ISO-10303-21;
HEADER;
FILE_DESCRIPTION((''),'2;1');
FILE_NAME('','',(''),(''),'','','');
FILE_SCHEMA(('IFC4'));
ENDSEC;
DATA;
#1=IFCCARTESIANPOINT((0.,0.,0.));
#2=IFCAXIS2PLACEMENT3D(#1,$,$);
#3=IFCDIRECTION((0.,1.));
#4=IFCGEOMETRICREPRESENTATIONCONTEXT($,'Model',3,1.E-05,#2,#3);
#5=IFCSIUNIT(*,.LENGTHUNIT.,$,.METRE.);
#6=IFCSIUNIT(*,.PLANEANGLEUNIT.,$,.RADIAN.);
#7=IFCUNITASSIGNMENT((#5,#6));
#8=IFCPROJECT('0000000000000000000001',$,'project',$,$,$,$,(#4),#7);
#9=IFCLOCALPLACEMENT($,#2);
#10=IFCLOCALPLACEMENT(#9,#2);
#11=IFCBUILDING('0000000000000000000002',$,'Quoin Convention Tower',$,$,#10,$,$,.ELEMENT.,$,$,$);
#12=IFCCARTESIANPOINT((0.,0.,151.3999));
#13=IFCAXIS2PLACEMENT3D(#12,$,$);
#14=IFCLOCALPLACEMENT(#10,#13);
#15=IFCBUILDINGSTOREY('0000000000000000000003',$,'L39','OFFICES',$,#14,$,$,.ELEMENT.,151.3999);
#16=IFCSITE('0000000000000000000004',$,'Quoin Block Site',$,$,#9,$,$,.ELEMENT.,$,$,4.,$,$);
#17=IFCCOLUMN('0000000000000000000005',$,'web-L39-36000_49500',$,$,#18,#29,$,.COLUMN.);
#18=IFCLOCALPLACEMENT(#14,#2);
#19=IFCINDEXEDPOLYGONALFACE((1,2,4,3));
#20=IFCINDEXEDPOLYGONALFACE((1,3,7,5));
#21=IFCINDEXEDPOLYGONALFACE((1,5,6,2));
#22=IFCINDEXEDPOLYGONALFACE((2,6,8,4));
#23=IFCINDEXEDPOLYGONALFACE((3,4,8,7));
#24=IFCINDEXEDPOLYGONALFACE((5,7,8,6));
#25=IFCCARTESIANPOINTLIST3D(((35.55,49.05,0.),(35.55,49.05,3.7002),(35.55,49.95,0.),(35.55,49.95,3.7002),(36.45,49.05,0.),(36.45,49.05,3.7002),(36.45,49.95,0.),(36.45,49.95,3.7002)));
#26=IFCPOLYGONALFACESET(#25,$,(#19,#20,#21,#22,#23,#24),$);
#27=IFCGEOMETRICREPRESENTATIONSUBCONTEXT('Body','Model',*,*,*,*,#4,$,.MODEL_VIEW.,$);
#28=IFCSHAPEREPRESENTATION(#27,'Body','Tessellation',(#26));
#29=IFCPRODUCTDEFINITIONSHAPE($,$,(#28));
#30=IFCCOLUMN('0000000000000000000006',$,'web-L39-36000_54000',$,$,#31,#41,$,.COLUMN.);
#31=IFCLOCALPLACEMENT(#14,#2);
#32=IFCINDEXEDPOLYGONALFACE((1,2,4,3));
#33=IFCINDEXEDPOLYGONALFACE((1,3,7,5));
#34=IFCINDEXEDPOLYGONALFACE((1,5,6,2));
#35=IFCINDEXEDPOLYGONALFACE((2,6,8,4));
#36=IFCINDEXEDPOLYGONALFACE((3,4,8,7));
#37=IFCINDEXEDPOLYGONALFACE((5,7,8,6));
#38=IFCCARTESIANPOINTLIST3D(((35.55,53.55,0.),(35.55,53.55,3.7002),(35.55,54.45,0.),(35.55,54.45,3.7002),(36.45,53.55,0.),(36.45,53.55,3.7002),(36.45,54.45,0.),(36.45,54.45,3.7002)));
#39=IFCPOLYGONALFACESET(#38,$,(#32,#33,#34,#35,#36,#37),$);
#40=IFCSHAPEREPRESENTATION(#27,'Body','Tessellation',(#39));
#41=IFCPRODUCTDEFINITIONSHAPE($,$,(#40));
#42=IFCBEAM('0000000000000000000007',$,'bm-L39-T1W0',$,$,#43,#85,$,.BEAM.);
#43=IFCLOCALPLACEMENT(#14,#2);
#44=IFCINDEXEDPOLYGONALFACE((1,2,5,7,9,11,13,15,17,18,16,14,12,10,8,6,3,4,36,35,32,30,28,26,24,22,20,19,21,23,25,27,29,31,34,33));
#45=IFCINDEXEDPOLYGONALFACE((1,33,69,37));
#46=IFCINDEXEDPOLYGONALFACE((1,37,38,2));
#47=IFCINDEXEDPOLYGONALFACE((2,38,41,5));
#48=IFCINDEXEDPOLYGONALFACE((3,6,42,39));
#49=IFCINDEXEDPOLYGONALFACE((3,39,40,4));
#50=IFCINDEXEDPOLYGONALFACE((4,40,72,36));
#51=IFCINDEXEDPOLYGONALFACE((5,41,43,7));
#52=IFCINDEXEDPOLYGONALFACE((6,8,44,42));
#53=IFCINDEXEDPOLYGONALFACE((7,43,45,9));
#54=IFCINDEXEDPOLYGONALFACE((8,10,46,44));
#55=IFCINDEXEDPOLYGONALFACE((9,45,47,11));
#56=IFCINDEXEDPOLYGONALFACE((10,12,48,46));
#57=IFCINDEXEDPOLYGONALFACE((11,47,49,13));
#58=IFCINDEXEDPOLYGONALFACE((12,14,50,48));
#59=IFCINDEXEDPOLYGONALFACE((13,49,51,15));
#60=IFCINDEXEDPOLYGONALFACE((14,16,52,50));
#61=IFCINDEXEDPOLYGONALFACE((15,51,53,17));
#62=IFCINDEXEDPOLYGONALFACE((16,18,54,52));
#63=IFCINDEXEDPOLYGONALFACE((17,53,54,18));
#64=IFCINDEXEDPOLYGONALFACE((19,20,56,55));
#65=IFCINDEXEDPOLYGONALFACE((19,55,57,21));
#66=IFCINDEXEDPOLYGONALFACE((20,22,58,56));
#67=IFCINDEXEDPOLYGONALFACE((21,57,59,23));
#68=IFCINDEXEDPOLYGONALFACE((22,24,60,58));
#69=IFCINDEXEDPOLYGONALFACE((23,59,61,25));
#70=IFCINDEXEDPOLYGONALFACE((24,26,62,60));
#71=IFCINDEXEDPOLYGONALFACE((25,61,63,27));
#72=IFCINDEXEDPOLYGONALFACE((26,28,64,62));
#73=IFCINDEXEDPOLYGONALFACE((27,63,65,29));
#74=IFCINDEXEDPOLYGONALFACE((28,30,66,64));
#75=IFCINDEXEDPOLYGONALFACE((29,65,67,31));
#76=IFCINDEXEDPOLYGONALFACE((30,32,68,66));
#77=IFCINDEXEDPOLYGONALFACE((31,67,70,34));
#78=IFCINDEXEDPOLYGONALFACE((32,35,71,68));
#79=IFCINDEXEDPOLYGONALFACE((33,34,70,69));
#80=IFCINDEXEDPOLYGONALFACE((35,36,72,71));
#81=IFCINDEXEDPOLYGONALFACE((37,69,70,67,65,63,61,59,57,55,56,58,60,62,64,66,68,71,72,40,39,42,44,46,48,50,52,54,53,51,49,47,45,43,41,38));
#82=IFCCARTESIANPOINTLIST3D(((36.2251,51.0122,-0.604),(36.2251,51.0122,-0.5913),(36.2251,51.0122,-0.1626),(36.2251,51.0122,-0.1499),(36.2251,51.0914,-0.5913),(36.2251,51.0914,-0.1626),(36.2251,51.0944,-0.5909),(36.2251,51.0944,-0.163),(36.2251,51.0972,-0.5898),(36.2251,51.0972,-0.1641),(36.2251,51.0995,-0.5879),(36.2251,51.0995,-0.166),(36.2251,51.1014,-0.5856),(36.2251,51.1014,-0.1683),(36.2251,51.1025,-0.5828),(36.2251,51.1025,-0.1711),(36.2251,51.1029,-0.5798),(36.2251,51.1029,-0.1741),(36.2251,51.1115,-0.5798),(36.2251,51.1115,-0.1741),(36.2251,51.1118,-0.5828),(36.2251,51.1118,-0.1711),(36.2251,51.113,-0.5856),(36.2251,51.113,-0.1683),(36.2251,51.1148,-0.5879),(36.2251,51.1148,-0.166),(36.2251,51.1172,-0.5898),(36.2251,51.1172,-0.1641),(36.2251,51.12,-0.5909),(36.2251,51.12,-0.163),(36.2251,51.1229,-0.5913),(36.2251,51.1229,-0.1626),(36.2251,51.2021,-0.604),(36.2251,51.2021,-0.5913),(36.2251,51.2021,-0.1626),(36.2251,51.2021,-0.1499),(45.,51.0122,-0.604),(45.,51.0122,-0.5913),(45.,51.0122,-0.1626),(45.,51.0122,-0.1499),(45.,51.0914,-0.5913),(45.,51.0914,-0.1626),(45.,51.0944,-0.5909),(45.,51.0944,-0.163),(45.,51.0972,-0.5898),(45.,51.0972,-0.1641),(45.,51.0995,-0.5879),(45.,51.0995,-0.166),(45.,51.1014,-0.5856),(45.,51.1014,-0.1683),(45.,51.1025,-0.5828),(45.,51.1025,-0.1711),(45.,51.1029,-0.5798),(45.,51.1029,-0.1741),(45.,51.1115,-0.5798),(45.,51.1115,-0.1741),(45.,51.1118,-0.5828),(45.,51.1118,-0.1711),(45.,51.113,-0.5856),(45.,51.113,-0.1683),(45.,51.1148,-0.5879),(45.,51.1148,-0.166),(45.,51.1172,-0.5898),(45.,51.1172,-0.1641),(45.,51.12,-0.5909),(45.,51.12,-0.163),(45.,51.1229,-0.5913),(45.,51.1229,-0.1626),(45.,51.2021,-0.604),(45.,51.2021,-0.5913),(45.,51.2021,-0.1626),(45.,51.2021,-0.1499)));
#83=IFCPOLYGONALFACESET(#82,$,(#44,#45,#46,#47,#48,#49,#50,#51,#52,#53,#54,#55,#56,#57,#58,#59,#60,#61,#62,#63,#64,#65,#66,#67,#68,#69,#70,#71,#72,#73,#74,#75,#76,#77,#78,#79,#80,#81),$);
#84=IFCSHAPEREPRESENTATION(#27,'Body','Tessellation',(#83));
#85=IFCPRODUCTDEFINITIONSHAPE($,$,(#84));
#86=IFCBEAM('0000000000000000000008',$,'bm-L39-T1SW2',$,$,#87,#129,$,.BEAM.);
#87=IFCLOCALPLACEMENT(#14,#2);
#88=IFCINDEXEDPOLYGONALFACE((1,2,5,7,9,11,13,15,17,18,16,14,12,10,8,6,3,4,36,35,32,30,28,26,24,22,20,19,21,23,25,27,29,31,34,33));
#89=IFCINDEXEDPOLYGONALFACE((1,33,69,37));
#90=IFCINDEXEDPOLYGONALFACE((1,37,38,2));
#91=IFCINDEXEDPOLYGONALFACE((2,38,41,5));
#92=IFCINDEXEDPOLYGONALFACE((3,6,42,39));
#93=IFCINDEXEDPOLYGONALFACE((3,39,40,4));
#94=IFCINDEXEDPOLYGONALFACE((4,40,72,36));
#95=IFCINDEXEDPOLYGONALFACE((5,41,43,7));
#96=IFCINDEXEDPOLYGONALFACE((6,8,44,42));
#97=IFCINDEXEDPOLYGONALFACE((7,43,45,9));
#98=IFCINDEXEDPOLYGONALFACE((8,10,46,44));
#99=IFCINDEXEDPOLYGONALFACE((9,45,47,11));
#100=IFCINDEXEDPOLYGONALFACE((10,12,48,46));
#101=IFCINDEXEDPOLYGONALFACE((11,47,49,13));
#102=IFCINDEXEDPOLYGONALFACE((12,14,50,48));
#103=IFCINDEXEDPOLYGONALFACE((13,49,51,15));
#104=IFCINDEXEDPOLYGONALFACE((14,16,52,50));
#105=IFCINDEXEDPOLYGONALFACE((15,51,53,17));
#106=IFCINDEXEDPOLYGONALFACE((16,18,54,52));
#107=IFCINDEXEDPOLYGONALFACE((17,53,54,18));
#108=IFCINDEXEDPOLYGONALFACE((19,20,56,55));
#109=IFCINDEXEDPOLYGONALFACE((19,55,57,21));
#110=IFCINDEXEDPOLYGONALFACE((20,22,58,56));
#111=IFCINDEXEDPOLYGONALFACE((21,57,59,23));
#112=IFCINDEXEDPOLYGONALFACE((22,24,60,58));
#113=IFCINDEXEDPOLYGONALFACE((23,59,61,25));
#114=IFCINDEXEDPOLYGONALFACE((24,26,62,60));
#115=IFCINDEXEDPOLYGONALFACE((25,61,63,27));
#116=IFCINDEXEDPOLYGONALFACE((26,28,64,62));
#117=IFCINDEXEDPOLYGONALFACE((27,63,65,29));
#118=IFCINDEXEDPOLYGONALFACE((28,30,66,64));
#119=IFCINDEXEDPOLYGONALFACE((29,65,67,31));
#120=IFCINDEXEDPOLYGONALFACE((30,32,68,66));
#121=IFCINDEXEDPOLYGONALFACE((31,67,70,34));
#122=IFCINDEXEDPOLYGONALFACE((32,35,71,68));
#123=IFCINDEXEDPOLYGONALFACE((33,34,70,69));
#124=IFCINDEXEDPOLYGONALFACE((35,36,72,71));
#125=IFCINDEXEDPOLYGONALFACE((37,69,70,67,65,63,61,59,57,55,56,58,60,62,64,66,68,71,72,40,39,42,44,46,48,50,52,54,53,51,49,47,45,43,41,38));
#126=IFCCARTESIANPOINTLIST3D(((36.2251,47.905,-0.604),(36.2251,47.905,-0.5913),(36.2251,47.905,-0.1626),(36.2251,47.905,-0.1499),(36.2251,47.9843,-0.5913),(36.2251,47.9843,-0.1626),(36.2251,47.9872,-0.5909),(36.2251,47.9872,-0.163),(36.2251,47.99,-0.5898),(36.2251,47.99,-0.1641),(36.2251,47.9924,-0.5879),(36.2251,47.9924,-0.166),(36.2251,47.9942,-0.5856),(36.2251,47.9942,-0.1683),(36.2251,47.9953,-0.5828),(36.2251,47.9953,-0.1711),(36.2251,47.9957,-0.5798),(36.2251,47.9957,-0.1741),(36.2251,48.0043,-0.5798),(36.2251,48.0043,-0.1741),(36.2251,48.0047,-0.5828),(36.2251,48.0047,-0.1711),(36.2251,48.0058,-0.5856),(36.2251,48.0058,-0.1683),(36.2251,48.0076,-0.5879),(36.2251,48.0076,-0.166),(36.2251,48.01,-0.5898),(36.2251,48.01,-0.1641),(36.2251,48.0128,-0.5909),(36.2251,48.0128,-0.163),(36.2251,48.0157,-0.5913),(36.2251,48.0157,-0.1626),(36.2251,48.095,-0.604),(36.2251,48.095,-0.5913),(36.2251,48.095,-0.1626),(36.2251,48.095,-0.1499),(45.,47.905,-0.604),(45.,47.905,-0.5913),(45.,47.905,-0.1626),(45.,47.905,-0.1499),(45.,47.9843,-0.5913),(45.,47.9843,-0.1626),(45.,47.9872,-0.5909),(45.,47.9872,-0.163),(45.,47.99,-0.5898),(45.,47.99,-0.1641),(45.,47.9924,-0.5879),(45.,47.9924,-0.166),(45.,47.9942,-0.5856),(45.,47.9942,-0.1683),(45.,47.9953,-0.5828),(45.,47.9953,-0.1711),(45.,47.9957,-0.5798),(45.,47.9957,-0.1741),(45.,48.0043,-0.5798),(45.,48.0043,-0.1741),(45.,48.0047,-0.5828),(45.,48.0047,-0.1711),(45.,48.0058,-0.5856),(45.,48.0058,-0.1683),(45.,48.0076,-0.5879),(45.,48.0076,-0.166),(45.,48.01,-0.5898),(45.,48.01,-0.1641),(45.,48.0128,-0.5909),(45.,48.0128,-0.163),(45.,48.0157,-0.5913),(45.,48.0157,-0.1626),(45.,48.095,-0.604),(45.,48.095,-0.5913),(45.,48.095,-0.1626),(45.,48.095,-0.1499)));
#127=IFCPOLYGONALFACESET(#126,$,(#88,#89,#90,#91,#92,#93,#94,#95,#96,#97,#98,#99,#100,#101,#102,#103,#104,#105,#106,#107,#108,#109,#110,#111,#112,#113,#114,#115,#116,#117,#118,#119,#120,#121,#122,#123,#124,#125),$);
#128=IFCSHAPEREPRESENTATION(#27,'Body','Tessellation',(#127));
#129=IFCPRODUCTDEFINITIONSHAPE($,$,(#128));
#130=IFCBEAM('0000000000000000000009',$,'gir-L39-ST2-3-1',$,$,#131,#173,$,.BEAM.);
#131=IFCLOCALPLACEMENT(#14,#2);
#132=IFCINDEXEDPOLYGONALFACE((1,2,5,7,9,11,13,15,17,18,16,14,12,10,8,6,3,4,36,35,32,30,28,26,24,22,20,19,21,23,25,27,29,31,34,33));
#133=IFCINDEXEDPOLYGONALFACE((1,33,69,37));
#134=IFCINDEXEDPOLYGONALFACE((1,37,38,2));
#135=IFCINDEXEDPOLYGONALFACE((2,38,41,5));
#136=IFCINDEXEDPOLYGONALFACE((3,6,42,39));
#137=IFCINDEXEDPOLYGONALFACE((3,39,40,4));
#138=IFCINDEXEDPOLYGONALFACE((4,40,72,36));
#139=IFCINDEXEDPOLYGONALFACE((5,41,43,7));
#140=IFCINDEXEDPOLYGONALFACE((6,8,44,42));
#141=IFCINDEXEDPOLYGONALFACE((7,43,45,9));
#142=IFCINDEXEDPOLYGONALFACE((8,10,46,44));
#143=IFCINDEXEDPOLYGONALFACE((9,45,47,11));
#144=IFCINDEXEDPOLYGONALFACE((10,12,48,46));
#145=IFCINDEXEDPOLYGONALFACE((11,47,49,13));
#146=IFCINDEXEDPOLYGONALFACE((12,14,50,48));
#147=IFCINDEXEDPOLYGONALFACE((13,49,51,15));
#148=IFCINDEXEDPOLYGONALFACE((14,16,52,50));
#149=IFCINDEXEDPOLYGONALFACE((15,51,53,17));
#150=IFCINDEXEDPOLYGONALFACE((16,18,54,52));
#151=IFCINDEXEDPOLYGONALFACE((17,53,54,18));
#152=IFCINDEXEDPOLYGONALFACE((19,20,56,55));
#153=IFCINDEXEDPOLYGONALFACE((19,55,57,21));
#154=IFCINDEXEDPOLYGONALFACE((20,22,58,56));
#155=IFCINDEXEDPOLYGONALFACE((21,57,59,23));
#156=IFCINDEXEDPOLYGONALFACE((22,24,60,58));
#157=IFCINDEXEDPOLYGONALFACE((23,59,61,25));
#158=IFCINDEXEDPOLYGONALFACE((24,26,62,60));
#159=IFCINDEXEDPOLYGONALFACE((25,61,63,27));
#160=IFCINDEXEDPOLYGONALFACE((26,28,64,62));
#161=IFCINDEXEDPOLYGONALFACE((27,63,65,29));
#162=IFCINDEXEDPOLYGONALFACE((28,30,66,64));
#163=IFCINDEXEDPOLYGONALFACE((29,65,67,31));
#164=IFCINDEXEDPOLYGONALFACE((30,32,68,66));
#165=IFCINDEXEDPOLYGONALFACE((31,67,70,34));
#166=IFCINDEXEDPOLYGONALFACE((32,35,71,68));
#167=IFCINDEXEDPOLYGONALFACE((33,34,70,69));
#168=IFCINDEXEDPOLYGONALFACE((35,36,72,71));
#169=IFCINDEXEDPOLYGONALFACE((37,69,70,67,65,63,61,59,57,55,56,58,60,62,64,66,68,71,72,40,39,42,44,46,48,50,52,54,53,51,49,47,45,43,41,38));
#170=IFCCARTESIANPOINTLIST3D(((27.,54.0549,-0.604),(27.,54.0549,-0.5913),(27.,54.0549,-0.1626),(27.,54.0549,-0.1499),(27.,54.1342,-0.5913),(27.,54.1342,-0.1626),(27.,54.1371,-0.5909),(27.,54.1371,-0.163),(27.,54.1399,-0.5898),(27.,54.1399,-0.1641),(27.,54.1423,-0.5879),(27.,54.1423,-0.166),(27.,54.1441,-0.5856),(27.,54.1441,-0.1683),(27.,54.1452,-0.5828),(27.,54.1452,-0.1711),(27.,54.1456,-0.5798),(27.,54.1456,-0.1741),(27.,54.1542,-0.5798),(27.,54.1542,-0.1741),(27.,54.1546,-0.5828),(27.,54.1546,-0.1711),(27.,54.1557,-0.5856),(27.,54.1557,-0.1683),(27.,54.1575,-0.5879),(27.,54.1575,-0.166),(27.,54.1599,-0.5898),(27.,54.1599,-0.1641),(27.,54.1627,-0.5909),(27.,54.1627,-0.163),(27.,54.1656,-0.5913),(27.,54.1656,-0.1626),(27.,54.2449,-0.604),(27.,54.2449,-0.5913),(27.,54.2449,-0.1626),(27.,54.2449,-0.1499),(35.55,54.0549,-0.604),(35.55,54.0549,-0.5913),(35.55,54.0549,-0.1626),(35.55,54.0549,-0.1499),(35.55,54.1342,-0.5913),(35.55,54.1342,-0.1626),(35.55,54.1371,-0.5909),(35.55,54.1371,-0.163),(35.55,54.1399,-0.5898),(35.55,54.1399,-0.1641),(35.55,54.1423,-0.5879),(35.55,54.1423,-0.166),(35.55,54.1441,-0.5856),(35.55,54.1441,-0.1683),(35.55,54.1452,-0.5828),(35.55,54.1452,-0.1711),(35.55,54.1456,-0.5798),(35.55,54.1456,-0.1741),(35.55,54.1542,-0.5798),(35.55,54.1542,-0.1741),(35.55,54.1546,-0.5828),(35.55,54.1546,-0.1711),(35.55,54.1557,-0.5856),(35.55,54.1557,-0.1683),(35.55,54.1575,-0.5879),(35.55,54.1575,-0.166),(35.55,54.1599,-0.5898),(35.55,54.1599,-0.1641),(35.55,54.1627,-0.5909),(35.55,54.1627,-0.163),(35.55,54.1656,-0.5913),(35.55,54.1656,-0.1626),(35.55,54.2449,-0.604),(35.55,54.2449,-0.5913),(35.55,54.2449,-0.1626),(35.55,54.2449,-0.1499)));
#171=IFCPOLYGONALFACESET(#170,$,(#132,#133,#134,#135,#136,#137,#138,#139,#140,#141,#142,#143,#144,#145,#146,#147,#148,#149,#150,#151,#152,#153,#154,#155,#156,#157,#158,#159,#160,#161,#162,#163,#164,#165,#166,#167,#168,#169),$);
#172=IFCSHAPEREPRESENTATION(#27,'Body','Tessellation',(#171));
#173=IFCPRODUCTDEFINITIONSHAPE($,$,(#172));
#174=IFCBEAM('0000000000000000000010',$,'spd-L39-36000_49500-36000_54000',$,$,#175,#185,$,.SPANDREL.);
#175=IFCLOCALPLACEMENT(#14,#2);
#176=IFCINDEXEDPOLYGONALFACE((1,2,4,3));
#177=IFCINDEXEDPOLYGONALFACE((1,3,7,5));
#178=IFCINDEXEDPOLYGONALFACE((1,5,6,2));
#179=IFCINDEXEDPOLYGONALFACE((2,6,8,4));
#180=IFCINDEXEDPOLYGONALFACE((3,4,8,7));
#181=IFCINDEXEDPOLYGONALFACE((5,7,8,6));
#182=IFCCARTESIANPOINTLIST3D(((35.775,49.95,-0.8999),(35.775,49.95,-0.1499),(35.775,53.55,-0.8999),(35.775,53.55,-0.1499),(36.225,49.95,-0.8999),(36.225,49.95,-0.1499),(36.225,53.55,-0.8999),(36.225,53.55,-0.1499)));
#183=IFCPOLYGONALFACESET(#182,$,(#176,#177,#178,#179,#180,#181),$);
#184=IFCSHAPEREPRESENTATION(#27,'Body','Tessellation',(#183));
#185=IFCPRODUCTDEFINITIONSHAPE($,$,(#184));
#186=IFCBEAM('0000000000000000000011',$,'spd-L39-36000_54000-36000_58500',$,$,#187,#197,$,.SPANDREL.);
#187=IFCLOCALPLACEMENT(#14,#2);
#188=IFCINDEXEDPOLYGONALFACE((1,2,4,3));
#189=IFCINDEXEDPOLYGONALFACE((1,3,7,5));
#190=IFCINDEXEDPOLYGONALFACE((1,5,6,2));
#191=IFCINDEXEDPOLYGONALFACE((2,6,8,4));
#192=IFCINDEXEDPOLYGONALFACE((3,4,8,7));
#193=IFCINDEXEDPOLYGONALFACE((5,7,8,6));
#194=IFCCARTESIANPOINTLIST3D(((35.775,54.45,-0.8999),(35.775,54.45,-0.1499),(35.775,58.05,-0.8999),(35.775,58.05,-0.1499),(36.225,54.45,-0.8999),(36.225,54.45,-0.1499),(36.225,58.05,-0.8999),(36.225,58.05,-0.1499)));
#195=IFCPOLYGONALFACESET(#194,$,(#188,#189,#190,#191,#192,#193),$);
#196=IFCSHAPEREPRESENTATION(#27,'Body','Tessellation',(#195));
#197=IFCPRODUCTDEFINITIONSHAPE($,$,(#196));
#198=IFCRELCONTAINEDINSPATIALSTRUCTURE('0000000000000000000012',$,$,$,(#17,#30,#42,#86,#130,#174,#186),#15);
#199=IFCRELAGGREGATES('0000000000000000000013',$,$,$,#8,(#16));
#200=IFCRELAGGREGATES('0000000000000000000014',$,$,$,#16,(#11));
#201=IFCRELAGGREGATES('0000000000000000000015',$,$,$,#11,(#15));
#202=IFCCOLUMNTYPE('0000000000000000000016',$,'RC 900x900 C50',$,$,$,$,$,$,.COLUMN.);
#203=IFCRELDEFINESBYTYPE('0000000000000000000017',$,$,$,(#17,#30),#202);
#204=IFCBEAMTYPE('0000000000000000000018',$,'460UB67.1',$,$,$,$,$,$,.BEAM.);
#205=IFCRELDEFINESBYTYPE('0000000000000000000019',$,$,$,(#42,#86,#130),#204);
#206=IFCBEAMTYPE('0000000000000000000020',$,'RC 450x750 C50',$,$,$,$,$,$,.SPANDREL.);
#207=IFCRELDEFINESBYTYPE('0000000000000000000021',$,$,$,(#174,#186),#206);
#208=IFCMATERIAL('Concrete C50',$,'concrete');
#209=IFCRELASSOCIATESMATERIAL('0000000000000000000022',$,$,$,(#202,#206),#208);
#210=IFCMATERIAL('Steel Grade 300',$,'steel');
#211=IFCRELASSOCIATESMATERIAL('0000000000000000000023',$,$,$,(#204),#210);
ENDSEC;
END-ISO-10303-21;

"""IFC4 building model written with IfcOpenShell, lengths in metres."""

from ifc_helpers import new_model, si_unit, direction, frame, origin, origin_2d, place, context, subcontext, project, spatial, rectangle, i_section, extrude, material, material_profile, profile_set, type_object, element, save


model = new_model("IFC4")

# Units and contexts
model_context = context("Model", 3, precision=1e-05, world=origin(), true_north=direction((0.0, 1.0)))
body_context = subcontext(model_context, "Body", "Model", "MODEL_VIEW")
ifc_project = project(units=[si_unit("LENGTHUNIT", "METRE"), si_unit("PLANEANGLEUNIT", "RADIAN")], contexts=[model_context])

# Site, building, storey
site_placement = place(None, origin())
site = spatial("IfcSite", under=ifc_project, at=site_placement, Name="Quoin Block Site", CompositionType="ELEMENT", RefElevation=4.0)
building_placement = place(site_placement, origin())
building = spatial("IfcBuilding", under=site, at=building_placement, Name="Quoin Convention Tower", CompositionType="ELEMENT")
storey_placement = place(building_placement, frame((0.0, 0.0, 151.3999)))
storey = spatial("IfcBuildingStorey", under=building, at=storey_placement, Name="L39", Description="OFFICES", CompositionType="ELEMENT", Elevation=151.3999)

# Columns
ifc_material_1 = material(Name="Concrete C50", Category="concrete")
ifc_material_profile_1 = material_profile(ifc_material_1, rectangle(XDim=0.8999, YDim=0.8999, at=origin_2d()), Name="RC 900x900")
ifc_profile_set_1 = profile_set([ifc_material_profile_1], Name="Concrete C50")
column_type = type_object("IfcColumnType", Name="RC 900x900 C50", PredefinedType="COLUMN", material=ifc_profile_set_1)
for number, where, z_axis, x_axis, name in (
    (1, (36.0, 49.5, 0.0), (0.0, 0.0, 1.0), (1.0, 0.0, 0.0), "web-L39-36000_49500"),
    (2, (36.0, 54.0, 0.0), (0.0, 0.0, 1.0), (1.0, 0.0, 0.0), "web-L39-36000_54000"),
):
    element("IfcColumn", number, at=place(storey_placement, frame(where, z_axis=z_axis, x_axis=x_axis)), inside=storey, type_object=column_type, Name=name, PredefinedType="COLUMN", context=body_context, shape_type="SweptSolid", body=[
        extrude(rectangle(XDim=0.8999, YDim=0.8999, at=origin_2d()), origin(), (0.0, 0.0, 1.0), 3.7002),
    ])

# Beams
ifc_material_2 = material(Name="Steel Grade 300", Category="steel")
ifc_material_profile_2 = material_profile(ifc_material_2, i_section(OverallWidth=0.1899, OverallDepth=0.4541, WebThickness=0.0085, FlangeThickness=0.0127, FilletRadius=0.0115, at=origin_2d()), Name="460UB67.1")
ifc_profile_set_2 = profile_set([ifc_material_profile_2], Name="Steel Grade 300")
beam_type_1 = type_object("IfcBeamType", Name="460UB67.1", PredefinedType="BEAM", material=ifc_profile_set_2)
for number, where, z_axis, x_axis, name in (
    (3, (36.2251, 51.1072, -0.377), (1.0, 0.0, 0.0), (0.0, 1.0, 0.0), "bm-L39-T1W0"),
    (4, (36.2251, 48.0, -0.377), (1.0, 0.0, 0.0), (0.0, 1.0, 0.0), "bm-L39-T1SW2"),
):
    element("IfcBeam", number, at=place(storey_placement, frame(where, z_axis=z_axis, x_axis=x_axis)), inside=storey, type_object=beam_type_1, Name=name, PredefinedType="BEAM", context=body_context, shape_type="SweptSolid", body=[
        extrude(i_section(OverallWidth=0.1899, OverallDepth=0.4541, WebThickness=0.0085, FlangeThickness=0.0127, FilletRadius=0.0115, at=origin_2d()), origin(), (0.0, 0.0, 1.0), 8.7749),
    ])
beam_placement = place(storey_placement, frame((27.0, 54.1499, -0.377), z_axis=(1.0, 0.0, 0.0), x_axis=(0.0, 1.0, 0.0)))
element("IfcBeam", 5, at=beam_placement, inside=storey, type_object=beam_type_1, Name="gir-L39-ST2-3-1", PredefinedType="BEAM", context=body_context, shape_type="SweptSolid", body=[
    extrude(i_section(OverallWidth=0.1899, OverallDepth=0.4541, WebThickness=0.0085, FlangeThickness=0.0127, FilletRadius=0.0115, at=origin_2d()), origin(), (0.0, 0.0, 1.0), 8.55),
])
ifc_material_profile_3 = material_profile(ifc_material_1, rectangle(XDim=0.45, YDim=0.75, at=origin_2d()), Name="RC 450x750")
ifc_profile_set_3 = profile_set([ifc_material_profile_3], Name="Concrete C50")
beam_type_2 = type_object("IfcBeamType", Name="RC 450x750 C50", PredefinedType="SPANDREL", material=ifc_profile_set_3)
for number, where, z_axis, x_axis, name in (
    (6, (36.0, 49.95, -0.5249), (0.0, 1.0, 0.0), (-1.0, 0.0, 0.0), "spd-L39-36000_49500-36000_54000"),
    (7, (36.0, 54.45, -0.5249), (0.0, 1.0, 0.0), (-1.0, 0.0, 0.0), "spd-L39-36000_54000-36000_58500"),
):
    element("IfcBeam", number, at=place(storey_placement, frame(where, z_axis=z_axis, x_axis=x_axis)), inside=storey, type_object=beam_type_2, Name=name, PredefinedType="SPANDREL", context=body_context, shape_type="SweptSolid", body=[
        extrude(rectangle(XDim=0.45, YDim=0.75, at=origin_2d()), origin(), (0.0, 0.0, 1.0), 3.6001),
    ])

save(model, "model.ifc")
